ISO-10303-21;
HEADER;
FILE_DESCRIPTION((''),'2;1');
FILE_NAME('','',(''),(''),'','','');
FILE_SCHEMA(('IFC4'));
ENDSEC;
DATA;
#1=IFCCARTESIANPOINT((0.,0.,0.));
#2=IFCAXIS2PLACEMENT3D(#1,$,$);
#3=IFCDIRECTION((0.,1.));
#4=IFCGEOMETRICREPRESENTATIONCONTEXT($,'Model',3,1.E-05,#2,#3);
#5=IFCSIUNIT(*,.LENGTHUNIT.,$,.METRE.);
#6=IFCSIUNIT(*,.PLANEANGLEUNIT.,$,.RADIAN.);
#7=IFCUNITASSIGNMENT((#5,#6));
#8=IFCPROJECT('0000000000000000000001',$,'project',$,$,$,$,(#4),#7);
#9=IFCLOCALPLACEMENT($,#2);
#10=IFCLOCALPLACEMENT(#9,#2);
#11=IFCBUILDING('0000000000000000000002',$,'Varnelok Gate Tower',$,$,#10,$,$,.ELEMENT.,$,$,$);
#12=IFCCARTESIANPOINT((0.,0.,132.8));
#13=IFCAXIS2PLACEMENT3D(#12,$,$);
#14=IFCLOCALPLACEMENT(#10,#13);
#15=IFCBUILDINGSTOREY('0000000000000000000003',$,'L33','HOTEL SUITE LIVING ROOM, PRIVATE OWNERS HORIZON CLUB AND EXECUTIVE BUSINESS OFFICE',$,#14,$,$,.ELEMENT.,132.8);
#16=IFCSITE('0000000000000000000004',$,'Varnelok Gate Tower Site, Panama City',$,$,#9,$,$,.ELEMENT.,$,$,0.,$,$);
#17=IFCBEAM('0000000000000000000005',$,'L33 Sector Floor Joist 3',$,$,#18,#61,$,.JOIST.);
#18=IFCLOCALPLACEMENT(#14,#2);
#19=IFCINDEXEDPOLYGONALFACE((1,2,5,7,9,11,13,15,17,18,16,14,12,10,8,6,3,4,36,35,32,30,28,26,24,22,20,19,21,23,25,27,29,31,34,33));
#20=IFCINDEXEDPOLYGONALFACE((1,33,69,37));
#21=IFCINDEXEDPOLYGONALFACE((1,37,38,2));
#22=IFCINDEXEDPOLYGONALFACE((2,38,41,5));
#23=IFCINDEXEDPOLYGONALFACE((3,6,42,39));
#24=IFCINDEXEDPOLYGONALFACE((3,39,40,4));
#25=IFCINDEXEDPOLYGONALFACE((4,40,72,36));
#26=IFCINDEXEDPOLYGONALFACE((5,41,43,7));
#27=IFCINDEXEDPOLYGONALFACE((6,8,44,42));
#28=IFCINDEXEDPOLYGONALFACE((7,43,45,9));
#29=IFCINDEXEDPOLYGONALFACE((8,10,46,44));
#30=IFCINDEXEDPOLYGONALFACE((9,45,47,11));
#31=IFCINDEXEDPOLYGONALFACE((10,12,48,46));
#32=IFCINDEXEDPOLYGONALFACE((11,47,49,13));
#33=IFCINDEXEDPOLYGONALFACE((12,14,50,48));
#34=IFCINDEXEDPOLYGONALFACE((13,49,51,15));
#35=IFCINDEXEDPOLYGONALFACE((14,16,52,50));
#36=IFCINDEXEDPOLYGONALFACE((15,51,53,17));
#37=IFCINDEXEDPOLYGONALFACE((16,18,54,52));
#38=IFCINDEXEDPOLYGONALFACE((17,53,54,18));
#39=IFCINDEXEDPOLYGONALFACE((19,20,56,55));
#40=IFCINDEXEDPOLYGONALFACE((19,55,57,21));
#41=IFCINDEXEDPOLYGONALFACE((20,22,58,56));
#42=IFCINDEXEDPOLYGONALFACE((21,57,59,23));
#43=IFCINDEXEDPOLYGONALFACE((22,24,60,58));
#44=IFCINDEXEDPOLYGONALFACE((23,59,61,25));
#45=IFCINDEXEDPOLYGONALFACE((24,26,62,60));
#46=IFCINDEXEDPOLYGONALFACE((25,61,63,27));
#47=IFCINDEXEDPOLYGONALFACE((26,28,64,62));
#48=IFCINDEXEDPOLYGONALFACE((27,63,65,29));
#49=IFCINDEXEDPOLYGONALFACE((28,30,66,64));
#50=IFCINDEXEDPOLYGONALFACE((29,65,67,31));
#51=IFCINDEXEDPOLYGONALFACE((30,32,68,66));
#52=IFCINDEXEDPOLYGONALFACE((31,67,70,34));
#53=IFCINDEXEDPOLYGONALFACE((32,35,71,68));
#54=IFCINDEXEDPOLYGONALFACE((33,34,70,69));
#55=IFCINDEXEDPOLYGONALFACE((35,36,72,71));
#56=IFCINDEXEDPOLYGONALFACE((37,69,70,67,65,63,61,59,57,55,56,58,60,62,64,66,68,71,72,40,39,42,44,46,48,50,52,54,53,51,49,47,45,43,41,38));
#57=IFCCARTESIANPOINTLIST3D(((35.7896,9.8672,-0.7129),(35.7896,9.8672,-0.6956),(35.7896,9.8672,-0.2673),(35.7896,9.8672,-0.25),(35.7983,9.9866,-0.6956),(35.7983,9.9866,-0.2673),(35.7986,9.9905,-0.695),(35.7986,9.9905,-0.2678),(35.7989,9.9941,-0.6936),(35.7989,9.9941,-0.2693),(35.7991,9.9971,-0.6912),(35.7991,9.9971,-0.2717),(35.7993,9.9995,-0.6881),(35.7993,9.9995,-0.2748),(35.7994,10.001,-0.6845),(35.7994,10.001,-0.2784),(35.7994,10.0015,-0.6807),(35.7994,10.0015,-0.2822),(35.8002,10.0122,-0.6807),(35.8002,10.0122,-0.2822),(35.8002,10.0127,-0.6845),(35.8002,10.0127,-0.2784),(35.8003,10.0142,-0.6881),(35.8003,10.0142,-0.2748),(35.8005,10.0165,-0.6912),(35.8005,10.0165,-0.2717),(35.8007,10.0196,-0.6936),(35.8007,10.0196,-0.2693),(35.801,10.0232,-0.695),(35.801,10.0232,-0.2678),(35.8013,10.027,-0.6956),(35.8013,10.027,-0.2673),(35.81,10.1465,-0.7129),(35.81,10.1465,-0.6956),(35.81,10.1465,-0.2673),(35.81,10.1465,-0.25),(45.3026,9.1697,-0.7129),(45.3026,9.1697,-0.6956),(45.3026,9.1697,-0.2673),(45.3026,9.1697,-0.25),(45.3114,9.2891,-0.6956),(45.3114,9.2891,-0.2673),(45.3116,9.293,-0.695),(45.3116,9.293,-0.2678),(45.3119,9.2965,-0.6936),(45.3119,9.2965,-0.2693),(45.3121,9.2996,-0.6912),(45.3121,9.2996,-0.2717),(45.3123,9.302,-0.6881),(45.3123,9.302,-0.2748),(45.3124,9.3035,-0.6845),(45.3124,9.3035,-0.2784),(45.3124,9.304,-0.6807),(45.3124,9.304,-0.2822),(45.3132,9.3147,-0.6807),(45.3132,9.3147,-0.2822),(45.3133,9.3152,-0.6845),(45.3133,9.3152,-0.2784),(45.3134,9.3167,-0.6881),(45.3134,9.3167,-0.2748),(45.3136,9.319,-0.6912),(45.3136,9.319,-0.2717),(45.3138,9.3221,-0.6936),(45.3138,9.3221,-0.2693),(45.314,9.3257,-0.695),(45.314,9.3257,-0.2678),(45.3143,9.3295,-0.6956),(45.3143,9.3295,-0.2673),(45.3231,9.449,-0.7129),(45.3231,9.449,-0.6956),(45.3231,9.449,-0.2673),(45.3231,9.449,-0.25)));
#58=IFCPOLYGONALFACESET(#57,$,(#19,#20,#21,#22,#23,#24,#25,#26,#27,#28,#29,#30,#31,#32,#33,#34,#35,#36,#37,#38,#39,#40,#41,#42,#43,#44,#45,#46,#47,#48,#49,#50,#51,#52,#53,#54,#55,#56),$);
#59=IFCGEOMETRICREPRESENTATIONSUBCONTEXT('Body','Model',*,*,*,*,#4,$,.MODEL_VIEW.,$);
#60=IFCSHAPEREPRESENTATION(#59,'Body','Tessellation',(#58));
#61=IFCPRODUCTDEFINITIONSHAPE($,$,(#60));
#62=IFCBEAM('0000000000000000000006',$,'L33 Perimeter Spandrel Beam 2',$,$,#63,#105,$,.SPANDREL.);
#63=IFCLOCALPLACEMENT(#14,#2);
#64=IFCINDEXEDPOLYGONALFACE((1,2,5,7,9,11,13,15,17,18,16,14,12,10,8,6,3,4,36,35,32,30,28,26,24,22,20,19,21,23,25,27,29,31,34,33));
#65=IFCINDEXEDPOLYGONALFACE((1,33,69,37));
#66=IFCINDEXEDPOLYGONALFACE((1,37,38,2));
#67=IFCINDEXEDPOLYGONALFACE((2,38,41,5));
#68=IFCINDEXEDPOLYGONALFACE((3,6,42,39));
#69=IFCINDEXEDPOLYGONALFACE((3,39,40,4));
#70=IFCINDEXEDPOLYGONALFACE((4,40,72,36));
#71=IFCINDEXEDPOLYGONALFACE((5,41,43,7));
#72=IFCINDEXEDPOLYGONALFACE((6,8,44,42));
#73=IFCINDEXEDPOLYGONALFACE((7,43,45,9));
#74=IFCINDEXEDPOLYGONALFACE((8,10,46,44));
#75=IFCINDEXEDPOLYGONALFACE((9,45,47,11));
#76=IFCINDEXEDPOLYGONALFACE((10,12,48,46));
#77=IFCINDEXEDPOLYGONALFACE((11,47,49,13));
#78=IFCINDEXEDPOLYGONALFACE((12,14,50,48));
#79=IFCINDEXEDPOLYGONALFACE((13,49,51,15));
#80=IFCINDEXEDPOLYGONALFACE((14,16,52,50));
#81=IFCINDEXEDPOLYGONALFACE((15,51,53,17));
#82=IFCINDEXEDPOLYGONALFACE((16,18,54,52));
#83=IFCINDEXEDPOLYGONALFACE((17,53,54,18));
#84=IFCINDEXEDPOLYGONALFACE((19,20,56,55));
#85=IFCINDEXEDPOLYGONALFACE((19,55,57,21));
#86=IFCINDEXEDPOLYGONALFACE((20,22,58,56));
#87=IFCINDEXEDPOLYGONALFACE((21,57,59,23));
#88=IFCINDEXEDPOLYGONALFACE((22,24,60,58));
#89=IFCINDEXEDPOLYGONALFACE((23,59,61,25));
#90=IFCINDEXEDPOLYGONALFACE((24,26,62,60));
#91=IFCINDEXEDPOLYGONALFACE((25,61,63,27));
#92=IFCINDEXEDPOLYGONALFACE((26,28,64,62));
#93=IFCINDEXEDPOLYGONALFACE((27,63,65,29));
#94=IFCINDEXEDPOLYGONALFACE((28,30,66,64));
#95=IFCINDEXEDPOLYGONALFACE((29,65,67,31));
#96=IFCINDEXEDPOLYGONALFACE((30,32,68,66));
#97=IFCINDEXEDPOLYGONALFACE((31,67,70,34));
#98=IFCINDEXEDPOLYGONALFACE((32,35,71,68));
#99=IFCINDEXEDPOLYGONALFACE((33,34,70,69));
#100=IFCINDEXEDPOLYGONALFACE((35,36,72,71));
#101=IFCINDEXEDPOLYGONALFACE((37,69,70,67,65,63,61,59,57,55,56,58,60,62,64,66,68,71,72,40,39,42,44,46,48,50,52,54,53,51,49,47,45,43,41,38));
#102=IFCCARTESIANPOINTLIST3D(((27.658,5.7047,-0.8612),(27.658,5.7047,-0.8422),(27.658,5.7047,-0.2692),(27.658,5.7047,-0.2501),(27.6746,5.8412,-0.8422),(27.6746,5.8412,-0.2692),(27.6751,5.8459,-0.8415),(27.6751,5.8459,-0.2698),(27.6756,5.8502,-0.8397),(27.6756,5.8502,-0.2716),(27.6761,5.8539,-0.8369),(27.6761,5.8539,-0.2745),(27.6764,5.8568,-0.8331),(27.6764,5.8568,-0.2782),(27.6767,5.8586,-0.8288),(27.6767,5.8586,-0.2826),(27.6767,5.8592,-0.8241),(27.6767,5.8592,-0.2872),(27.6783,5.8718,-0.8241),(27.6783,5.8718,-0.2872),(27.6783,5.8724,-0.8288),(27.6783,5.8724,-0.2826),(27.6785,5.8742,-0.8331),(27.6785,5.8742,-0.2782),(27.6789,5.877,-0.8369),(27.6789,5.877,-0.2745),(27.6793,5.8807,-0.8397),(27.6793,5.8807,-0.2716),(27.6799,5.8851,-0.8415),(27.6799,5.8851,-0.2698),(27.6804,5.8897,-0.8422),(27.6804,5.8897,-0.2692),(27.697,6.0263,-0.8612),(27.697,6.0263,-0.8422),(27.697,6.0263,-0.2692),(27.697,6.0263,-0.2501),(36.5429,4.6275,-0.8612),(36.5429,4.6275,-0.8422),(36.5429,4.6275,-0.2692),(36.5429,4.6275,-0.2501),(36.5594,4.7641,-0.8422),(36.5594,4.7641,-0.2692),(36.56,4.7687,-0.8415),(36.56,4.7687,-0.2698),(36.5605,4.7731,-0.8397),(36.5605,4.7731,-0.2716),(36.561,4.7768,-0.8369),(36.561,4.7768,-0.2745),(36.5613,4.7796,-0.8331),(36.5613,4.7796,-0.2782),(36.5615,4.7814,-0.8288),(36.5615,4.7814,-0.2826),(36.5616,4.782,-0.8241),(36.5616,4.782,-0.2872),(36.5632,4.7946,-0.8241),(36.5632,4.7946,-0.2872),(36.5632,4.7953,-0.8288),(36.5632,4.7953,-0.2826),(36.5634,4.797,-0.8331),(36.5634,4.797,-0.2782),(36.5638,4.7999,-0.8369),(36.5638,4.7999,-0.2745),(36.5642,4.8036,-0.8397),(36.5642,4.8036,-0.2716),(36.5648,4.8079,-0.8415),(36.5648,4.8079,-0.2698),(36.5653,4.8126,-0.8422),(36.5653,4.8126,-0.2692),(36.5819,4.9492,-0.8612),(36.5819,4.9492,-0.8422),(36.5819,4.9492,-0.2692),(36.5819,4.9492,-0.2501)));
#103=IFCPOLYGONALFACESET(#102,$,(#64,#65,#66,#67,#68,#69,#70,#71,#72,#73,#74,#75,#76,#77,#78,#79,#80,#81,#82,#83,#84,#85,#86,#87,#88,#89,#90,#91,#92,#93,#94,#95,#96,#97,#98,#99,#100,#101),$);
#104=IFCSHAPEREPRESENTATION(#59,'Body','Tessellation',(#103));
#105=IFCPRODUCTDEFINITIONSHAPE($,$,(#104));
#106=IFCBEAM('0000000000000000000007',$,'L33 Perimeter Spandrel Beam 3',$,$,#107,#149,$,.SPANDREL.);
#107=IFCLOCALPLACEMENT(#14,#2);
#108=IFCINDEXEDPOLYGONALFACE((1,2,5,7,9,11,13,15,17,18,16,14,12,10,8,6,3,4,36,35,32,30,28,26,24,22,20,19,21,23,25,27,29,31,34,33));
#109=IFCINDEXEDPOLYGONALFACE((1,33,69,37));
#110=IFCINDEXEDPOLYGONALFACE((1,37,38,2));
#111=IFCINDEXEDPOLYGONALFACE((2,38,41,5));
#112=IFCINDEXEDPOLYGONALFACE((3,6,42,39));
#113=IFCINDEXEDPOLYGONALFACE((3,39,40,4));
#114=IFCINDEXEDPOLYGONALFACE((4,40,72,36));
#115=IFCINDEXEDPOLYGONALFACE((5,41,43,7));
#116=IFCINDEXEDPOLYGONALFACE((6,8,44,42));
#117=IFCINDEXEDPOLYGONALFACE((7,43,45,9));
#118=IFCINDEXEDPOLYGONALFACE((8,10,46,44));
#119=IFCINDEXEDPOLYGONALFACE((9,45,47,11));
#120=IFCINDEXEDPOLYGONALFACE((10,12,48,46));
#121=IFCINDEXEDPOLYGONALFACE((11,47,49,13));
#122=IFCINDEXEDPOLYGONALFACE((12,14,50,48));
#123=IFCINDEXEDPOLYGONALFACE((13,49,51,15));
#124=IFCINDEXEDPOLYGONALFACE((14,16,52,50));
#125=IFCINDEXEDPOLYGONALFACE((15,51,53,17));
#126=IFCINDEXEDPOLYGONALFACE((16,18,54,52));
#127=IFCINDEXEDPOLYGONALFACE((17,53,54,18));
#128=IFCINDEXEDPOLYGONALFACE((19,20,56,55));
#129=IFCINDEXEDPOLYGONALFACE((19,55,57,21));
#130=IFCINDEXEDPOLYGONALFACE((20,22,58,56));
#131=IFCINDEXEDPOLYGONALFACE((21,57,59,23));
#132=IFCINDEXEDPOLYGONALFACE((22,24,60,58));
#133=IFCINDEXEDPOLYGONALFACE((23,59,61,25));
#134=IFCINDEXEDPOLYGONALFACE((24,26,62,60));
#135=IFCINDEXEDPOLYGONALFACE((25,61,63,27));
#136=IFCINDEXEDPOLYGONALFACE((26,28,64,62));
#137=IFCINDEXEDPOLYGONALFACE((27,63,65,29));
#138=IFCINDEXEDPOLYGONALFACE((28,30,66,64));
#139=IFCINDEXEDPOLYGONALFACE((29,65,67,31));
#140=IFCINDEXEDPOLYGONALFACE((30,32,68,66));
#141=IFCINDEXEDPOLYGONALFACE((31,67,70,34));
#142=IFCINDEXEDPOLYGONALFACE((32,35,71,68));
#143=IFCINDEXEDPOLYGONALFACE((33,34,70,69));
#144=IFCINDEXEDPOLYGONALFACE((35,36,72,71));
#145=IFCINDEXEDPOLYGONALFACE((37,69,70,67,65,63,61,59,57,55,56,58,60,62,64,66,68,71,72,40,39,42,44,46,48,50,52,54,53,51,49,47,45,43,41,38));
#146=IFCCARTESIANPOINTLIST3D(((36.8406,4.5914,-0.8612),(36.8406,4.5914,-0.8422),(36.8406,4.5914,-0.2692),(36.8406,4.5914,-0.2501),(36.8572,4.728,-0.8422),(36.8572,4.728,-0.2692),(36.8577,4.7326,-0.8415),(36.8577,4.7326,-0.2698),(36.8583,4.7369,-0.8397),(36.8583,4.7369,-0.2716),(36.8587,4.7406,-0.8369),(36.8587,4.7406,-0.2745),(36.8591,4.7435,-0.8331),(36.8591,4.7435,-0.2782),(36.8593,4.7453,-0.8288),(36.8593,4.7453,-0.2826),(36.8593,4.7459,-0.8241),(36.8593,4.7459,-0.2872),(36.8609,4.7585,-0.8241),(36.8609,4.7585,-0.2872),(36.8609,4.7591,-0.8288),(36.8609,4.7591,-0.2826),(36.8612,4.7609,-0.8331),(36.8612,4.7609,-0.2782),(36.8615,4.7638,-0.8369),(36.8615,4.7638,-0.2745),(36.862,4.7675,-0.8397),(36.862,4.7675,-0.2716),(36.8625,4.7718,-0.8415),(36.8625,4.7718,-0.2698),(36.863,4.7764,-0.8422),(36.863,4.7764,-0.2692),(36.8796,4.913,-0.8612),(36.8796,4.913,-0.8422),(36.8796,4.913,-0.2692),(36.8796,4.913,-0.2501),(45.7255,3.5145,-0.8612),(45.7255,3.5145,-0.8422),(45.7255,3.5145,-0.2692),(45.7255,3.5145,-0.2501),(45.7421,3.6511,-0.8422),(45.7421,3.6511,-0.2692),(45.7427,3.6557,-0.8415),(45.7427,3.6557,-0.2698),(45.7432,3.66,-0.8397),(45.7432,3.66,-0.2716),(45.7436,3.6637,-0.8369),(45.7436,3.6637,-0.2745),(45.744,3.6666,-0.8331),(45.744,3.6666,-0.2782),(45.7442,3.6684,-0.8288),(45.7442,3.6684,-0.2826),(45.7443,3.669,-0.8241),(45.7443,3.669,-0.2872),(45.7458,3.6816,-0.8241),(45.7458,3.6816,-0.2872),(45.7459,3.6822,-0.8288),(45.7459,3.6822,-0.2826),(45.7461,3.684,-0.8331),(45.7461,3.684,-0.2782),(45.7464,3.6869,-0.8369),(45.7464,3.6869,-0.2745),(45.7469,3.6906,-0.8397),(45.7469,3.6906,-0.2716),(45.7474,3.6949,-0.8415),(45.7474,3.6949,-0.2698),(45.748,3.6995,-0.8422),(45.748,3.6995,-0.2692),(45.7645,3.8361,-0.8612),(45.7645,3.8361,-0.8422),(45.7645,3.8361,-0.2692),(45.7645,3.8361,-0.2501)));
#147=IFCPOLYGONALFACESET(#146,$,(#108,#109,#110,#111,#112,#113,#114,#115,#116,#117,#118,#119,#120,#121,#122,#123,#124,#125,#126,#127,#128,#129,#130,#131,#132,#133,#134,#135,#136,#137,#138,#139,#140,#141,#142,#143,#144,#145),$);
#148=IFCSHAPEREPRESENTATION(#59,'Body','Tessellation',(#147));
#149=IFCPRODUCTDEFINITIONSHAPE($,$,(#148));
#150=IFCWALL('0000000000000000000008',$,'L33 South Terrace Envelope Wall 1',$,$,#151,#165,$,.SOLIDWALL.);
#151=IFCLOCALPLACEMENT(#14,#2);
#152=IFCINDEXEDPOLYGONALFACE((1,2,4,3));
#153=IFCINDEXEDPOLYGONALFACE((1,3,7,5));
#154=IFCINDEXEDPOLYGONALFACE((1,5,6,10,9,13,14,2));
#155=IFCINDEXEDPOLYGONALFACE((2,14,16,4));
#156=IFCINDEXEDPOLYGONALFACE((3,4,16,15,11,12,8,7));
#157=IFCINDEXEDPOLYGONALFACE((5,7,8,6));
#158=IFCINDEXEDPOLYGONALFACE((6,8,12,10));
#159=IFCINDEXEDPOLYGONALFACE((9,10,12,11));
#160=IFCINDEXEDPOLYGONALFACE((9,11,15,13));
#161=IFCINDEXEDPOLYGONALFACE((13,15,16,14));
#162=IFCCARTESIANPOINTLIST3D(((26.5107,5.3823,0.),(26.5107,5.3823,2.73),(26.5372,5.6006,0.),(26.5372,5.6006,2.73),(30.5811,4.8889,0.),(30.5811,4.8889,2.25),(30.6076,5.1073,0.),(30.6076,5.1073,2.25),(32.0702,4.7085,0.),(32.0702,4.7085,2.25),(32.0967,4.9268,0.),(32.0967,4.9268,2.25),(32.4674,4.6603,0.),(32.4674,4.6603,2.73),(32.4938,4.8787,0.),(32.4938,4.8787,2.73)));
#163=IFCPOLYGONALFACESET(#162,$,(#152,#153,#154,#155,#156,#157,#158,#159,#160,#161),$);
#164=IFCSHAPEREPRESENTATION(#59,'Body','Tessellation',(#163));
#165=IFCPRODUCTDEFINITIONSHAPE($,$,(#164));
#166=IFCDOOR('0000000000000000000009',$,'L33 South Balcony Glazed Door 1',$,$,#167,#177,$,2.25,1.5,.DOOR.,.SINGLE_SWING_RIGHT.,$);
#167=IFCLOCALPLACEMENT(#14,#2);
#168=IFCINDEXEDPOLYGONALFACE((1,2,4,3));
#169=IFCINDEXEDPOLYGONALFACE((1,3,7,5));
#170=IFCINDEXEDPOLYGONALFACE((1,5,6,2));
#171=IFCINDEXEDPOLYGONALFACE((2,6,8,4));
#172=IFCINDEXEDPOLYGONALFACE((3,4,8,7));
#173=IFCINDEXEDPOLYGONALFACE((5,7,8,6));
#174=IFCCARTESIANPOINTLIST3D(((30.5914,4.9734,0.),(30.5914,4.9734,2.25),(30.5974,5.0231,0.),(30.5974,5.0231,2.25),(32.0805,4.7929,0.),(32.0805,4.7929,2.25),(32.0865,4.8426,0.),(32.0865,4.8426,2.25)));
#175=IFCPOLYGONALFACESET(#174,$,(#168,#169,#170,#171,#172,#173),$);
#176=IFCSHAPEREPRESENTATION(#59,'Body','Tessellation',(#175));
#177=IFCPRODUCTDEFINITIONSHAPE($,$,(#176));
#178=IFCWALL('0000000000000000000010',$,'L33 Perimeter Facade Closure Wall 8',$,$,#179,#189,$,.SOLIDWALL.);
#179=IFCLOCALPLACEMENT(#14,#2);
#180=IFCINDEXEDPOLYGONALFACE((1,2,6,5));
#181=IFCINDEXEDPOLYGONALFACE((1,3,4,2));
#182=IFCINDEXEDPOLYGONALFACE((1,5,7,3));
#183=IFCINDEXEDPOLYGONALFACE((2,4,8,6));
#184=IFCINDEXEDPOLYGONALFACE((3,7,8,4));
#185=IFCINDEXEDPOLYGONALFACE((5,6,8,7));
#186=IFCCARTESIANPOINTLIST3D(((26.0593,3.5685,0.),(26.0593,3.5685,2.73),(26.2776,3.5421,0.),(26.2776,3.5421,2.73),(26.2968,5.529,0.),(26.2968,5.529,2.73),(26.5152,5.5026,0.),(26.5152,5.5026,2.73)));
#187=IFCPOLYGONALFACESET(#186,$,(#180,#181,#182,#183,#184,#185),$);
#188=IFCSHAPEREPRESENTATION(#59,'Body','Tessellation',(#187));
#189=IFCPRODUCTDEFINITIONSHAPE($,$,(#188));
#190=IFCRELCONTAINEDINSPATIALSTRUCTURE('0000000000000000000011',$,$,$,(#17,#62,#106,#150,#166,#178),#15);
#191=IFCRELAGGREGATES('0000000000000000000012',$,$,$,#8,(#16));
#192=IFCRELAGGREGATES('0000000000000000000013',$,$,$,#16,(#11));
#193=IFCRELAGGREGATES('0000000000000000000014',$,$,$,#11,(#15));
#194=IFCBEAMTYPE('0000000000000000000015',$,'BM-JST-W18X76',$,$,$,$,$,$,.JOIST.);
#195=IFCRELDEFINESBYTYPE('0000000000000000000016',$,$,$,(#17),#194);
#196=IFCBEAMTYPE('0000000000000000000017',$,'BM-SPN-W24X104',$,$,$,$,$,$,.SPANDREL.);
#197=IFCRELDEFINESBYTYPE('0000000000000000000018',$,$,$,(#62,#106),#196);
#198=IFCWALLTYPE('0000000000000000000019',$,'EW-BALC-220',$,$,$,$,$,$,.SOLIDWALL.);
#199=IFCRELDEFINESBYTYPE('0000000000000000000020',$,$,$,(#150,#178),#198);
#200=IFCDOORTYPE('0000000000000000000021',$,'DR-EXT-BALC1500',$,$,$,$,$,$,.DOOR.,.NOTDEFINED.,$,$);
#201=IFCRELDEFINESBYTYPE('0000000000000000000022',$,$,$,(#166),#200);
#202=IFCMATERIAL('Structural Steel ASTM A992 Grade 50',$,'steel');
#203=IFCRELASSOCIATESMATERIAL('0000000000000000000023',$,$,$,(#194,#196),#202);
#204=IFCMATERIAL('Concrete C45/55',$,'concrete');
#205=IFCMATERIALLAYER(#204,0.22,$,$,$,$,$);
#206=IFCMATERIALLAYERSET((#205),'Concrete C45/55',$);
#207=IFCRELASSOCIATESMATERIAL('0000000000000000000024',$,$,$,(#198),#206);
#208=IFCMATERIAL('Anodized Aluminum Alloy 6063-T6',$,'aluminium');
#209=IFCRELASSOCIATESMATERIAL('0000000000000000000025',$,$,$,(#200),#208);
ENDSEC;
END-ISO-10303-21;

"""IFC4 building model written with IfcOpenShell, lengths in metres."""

from ifc_helpers import new_model, si_unit, direction, frame, frame_2d, origin, origin_2d, place, context, subcontext, project, spatial, rectangle, i_section, extrude, material, layer, layer_set, material_profile, profile_set, type_object, element, fill, save


model = new_model("IFC4")

# Units and contexts
model_context = context("Model", 3, precision=1e-05, world=origin(), true_north=direction((0.0, 1.0)))
body_context = subcontext(model_context, "Body", "Model", "MODEL_VIEW")
ifc_project = project(units=[si_unit("LENGTHUNIT", "METRE"), si_unit("PLANEANGLEUNIT", "RADIAN")], contexts=[model_context])

# Site, building, storey
site_placement = place(None, origin())
site = spatial("IfcSite", under=ifc_project, at=site_placement, Name="Varnelok Gate Tower Site, Panama City", CompositionType="ELEMENT", RefElevation=0.0)
building_placement = place(site_placement, origin())
building = spatial("IfcBuilding", under=site, at=building_placement, Name="Varnelok Gate Tower", CompositionType="ELEMENT")
storey_placement = place(building_placement, frame((0.0, 0.0, 132.8)))
storey = spatial("IfcBuildingStorey", under=building, at=storey_placement, Name="L33", Description="HOTEL SUITE LIVING ROOM, PRIVATE OWNERS HORIZON CLUB AND EXECUTIVE BUSINESS OFFICE", CompositionType="ELEMENT", Elevation=132.8)

# Shared definitions
ifc_material_1 = material(Name="Structural Steel ASTM A992 Grade 50", Category="steel")

# Beams
ifc_material_profile_1 = material_profile(ifc_material_1, i_section(OverallWidth=0.28, OverallDepth=0.4629, WebThickness=0.0107, FlangeThickness=0.0173, FilletRadius=0.0149, at=origin_2d()), Name="W18X76")
ifc_profile_set_1 = profile_set([ifc_material_profile_1], Name="Structural Steel ASTM A992 Grade 50")
beam_type_1 = type_object("IfcBeamType", Name="BM-JST-W18X76", PredefinedType="JOIST", material=ifc_profile_set_1)
beam_1_placement = place(storey_placement, frame((35.7998, 10.0068, -0.4814), z_axis=(0.997323, -0.073126, 0.0), x_axis=(0.073126, 0.997323, 0.0)))
element("IfcBeam", 1, at=beam_1_placement, inside=storey, type_object=beam_type_1, Name="L33 Sector Floor Joist 3", PredefinedType="JOIST", context=body_context, shape_type="SweptSolid", body=[
    extrude(i_section(OverallWidth=0.28, OverallDepth=0.4629, WebThickness=0.0107, FlangeThickness=0.0173, FilletRadius=0.0149, at=origin_2d()), origin(), (0.0, 0.0, 1.0), 9.5386),
])
ifc_material_profile_2 = material_profile(ifc_material_1, i_section(OverallWidth=0.324, OverallDepth=0.6111, WebThickness=0.0127, FlangeThickness=0.019, FilletRadius=0.0181, at=origin_2d()), Name="W24X104")
ifc_profile_set_2 = profile_set([ifc_material_profile_2], Name="Structural Steel ASTM A992 Grade 50")
beam_type_2 = type_object("IfcBeamType", Name="BM-SPN-W24X104", PredefinedType="SPANDREL", material=ifc_profile_set_2)
for number, where, z_axis, x_axis, name in (
    (2, (27.6775, 5.8655, -0.5557), (0.992731, -0.120351, 0.0), (0.120351, 0.992731, 0.0), "L33 Perimeter Spandrel Beam 2"),
    (3, (36.8601, 4.7522, -0.5557), (0.992735, -0.120324, 0.0), (0.120324, 0.992735, 0.0), "L33 Perimeter Spandrel Beam 3"),
):
    element("IfcBeam", number, at=place(storey_placement, frame(where, z_axis=z_axis, x_axis=x_axis)), inside=storey, type_object=beam_type_2, Name=name, PredefinedType="SPANDREL", context=body_context, shape_type="SweptSolid", body=[
        extrude(i_section(OverallWidth=0.324, OverallDepth=0.6111, WebThickness=0.0127, FlangeThickness=0.019, FilletRadius=0.0181, at=origin_2d()), origin(), (0.0, 0.0, 1.0), 8.95),
    ])

# Wall, opening, door
ifc_material_2 = material(Name="Concrete C45/55", Category="concrete")
ifc_layer_1 = layer(ifc_material_2, 0.22)
ifc_layer_set_1 = layer_set([ifc_layer_1], Name="Concrete C45/55")
wall_type_1 = type_object("IfcWallType", Name="EW-BALC-220", PredefinedType="SOLIDWALL", material=ifc_layer_set_1)
wall_1_placement = place(storey_placement, frame((32.4805, 4.7695, 0.0), z_axis=(0.0, 0.0, 1.0), x_axis=(-0.992735, 0.120318, 0.0)))
wall_1 = element("IfcWall", 4, at=wall_1_placement, inside=storey, type_object=wall_type_1, Name="L33 South Terrace Envelope Wall 1", PredefinedType="SOLIDWALL", context=body_context, shape_type="SweptSolid", body=[
    extrude(rectangle(XDim=6.0002, YDim=0.22, at=frame_2d((3.0, 0.0))), origin(), (0.0, 0.0, 1.0), 2.73),
])
opening_1_placement = place(wall_1_placement, frame((0.3999, 0.0, 0.0)))
opening_1 = element("IfcOpeningElement", 5, at=opening_1_placement, cuts=wall_1, PredefinedType="OPENING", context=body_context, shape_type="SweptSolid", body=[
    extrude(rectangle(XDim=1.5, YDim=2.25, at=frame_2d((0.75, 1.125))), frame((0.0, 0.1199, 0.0), z_axis=(0.0, -1.0, 0.0), x_axis=(1.0, 0.0, 0.0)), (0.0, 0.0, 1.0), 0.24),
])
ifc_material_3 = material(Name="Anodized Aluminum Alloy 6063-T6", Category="aluminium")
door_type_1 = type_object("IfcDoorType", Name="DR-EXT-BALC1500", OperationType="NOTDEFINED", PredefinedType="DOOR", material=ifc_material_3)
door_1_placement = place(opening_1_placement, origin())
door_1 = element("IfcDoor", 6, at=door_1_placement, inside=storey, type_object=door_type_1, Name="L33 South Balcony Glazed Door 1", OperationType="SINGLE_SWING_RIGHT", OverallHeight=2.25, OverallWidth=1.5, PredefinedType="DOOR", context=body_context, shape_type="SweptSolid", body=[
    extrude(rectangle(XDim=1.5, YDim=2.25, at=frame_2d((0.75, 1.125))), frame((0.0, 0.0249, 0.0), z_axis=(0.0, -1.0, 0.0), x_axis=(1.0, 0.0, 0.0)), (0.0, 0.0, 1.0), 0.05),
])
fill(opening_1, door_1)

# Wall
wall_2_placement = place(storey_placement, frame((26.1685, 3.5554, 0.0), z_axis=(0.0, 0.0, 1.0), x_axis=(0.120291, 0.992739, 0.0)))
element("IfcWall", 7, at=wall_2_placement, inside=storey, type_object=wall_type_1, Name="L33 Perimeter Facade Closure Wall 8", PredefinedType="SOLIDWALL", context=body_context, shape_type="SweptSolid", body=[
    extrude(rectangle(XDim=1.9749, YDim=0.22, at=frame_2d((0.9873, 0.0))), origin(), (0.0, 0.0, 1.0), 2.73),
])

save(model, "model.ifc")
